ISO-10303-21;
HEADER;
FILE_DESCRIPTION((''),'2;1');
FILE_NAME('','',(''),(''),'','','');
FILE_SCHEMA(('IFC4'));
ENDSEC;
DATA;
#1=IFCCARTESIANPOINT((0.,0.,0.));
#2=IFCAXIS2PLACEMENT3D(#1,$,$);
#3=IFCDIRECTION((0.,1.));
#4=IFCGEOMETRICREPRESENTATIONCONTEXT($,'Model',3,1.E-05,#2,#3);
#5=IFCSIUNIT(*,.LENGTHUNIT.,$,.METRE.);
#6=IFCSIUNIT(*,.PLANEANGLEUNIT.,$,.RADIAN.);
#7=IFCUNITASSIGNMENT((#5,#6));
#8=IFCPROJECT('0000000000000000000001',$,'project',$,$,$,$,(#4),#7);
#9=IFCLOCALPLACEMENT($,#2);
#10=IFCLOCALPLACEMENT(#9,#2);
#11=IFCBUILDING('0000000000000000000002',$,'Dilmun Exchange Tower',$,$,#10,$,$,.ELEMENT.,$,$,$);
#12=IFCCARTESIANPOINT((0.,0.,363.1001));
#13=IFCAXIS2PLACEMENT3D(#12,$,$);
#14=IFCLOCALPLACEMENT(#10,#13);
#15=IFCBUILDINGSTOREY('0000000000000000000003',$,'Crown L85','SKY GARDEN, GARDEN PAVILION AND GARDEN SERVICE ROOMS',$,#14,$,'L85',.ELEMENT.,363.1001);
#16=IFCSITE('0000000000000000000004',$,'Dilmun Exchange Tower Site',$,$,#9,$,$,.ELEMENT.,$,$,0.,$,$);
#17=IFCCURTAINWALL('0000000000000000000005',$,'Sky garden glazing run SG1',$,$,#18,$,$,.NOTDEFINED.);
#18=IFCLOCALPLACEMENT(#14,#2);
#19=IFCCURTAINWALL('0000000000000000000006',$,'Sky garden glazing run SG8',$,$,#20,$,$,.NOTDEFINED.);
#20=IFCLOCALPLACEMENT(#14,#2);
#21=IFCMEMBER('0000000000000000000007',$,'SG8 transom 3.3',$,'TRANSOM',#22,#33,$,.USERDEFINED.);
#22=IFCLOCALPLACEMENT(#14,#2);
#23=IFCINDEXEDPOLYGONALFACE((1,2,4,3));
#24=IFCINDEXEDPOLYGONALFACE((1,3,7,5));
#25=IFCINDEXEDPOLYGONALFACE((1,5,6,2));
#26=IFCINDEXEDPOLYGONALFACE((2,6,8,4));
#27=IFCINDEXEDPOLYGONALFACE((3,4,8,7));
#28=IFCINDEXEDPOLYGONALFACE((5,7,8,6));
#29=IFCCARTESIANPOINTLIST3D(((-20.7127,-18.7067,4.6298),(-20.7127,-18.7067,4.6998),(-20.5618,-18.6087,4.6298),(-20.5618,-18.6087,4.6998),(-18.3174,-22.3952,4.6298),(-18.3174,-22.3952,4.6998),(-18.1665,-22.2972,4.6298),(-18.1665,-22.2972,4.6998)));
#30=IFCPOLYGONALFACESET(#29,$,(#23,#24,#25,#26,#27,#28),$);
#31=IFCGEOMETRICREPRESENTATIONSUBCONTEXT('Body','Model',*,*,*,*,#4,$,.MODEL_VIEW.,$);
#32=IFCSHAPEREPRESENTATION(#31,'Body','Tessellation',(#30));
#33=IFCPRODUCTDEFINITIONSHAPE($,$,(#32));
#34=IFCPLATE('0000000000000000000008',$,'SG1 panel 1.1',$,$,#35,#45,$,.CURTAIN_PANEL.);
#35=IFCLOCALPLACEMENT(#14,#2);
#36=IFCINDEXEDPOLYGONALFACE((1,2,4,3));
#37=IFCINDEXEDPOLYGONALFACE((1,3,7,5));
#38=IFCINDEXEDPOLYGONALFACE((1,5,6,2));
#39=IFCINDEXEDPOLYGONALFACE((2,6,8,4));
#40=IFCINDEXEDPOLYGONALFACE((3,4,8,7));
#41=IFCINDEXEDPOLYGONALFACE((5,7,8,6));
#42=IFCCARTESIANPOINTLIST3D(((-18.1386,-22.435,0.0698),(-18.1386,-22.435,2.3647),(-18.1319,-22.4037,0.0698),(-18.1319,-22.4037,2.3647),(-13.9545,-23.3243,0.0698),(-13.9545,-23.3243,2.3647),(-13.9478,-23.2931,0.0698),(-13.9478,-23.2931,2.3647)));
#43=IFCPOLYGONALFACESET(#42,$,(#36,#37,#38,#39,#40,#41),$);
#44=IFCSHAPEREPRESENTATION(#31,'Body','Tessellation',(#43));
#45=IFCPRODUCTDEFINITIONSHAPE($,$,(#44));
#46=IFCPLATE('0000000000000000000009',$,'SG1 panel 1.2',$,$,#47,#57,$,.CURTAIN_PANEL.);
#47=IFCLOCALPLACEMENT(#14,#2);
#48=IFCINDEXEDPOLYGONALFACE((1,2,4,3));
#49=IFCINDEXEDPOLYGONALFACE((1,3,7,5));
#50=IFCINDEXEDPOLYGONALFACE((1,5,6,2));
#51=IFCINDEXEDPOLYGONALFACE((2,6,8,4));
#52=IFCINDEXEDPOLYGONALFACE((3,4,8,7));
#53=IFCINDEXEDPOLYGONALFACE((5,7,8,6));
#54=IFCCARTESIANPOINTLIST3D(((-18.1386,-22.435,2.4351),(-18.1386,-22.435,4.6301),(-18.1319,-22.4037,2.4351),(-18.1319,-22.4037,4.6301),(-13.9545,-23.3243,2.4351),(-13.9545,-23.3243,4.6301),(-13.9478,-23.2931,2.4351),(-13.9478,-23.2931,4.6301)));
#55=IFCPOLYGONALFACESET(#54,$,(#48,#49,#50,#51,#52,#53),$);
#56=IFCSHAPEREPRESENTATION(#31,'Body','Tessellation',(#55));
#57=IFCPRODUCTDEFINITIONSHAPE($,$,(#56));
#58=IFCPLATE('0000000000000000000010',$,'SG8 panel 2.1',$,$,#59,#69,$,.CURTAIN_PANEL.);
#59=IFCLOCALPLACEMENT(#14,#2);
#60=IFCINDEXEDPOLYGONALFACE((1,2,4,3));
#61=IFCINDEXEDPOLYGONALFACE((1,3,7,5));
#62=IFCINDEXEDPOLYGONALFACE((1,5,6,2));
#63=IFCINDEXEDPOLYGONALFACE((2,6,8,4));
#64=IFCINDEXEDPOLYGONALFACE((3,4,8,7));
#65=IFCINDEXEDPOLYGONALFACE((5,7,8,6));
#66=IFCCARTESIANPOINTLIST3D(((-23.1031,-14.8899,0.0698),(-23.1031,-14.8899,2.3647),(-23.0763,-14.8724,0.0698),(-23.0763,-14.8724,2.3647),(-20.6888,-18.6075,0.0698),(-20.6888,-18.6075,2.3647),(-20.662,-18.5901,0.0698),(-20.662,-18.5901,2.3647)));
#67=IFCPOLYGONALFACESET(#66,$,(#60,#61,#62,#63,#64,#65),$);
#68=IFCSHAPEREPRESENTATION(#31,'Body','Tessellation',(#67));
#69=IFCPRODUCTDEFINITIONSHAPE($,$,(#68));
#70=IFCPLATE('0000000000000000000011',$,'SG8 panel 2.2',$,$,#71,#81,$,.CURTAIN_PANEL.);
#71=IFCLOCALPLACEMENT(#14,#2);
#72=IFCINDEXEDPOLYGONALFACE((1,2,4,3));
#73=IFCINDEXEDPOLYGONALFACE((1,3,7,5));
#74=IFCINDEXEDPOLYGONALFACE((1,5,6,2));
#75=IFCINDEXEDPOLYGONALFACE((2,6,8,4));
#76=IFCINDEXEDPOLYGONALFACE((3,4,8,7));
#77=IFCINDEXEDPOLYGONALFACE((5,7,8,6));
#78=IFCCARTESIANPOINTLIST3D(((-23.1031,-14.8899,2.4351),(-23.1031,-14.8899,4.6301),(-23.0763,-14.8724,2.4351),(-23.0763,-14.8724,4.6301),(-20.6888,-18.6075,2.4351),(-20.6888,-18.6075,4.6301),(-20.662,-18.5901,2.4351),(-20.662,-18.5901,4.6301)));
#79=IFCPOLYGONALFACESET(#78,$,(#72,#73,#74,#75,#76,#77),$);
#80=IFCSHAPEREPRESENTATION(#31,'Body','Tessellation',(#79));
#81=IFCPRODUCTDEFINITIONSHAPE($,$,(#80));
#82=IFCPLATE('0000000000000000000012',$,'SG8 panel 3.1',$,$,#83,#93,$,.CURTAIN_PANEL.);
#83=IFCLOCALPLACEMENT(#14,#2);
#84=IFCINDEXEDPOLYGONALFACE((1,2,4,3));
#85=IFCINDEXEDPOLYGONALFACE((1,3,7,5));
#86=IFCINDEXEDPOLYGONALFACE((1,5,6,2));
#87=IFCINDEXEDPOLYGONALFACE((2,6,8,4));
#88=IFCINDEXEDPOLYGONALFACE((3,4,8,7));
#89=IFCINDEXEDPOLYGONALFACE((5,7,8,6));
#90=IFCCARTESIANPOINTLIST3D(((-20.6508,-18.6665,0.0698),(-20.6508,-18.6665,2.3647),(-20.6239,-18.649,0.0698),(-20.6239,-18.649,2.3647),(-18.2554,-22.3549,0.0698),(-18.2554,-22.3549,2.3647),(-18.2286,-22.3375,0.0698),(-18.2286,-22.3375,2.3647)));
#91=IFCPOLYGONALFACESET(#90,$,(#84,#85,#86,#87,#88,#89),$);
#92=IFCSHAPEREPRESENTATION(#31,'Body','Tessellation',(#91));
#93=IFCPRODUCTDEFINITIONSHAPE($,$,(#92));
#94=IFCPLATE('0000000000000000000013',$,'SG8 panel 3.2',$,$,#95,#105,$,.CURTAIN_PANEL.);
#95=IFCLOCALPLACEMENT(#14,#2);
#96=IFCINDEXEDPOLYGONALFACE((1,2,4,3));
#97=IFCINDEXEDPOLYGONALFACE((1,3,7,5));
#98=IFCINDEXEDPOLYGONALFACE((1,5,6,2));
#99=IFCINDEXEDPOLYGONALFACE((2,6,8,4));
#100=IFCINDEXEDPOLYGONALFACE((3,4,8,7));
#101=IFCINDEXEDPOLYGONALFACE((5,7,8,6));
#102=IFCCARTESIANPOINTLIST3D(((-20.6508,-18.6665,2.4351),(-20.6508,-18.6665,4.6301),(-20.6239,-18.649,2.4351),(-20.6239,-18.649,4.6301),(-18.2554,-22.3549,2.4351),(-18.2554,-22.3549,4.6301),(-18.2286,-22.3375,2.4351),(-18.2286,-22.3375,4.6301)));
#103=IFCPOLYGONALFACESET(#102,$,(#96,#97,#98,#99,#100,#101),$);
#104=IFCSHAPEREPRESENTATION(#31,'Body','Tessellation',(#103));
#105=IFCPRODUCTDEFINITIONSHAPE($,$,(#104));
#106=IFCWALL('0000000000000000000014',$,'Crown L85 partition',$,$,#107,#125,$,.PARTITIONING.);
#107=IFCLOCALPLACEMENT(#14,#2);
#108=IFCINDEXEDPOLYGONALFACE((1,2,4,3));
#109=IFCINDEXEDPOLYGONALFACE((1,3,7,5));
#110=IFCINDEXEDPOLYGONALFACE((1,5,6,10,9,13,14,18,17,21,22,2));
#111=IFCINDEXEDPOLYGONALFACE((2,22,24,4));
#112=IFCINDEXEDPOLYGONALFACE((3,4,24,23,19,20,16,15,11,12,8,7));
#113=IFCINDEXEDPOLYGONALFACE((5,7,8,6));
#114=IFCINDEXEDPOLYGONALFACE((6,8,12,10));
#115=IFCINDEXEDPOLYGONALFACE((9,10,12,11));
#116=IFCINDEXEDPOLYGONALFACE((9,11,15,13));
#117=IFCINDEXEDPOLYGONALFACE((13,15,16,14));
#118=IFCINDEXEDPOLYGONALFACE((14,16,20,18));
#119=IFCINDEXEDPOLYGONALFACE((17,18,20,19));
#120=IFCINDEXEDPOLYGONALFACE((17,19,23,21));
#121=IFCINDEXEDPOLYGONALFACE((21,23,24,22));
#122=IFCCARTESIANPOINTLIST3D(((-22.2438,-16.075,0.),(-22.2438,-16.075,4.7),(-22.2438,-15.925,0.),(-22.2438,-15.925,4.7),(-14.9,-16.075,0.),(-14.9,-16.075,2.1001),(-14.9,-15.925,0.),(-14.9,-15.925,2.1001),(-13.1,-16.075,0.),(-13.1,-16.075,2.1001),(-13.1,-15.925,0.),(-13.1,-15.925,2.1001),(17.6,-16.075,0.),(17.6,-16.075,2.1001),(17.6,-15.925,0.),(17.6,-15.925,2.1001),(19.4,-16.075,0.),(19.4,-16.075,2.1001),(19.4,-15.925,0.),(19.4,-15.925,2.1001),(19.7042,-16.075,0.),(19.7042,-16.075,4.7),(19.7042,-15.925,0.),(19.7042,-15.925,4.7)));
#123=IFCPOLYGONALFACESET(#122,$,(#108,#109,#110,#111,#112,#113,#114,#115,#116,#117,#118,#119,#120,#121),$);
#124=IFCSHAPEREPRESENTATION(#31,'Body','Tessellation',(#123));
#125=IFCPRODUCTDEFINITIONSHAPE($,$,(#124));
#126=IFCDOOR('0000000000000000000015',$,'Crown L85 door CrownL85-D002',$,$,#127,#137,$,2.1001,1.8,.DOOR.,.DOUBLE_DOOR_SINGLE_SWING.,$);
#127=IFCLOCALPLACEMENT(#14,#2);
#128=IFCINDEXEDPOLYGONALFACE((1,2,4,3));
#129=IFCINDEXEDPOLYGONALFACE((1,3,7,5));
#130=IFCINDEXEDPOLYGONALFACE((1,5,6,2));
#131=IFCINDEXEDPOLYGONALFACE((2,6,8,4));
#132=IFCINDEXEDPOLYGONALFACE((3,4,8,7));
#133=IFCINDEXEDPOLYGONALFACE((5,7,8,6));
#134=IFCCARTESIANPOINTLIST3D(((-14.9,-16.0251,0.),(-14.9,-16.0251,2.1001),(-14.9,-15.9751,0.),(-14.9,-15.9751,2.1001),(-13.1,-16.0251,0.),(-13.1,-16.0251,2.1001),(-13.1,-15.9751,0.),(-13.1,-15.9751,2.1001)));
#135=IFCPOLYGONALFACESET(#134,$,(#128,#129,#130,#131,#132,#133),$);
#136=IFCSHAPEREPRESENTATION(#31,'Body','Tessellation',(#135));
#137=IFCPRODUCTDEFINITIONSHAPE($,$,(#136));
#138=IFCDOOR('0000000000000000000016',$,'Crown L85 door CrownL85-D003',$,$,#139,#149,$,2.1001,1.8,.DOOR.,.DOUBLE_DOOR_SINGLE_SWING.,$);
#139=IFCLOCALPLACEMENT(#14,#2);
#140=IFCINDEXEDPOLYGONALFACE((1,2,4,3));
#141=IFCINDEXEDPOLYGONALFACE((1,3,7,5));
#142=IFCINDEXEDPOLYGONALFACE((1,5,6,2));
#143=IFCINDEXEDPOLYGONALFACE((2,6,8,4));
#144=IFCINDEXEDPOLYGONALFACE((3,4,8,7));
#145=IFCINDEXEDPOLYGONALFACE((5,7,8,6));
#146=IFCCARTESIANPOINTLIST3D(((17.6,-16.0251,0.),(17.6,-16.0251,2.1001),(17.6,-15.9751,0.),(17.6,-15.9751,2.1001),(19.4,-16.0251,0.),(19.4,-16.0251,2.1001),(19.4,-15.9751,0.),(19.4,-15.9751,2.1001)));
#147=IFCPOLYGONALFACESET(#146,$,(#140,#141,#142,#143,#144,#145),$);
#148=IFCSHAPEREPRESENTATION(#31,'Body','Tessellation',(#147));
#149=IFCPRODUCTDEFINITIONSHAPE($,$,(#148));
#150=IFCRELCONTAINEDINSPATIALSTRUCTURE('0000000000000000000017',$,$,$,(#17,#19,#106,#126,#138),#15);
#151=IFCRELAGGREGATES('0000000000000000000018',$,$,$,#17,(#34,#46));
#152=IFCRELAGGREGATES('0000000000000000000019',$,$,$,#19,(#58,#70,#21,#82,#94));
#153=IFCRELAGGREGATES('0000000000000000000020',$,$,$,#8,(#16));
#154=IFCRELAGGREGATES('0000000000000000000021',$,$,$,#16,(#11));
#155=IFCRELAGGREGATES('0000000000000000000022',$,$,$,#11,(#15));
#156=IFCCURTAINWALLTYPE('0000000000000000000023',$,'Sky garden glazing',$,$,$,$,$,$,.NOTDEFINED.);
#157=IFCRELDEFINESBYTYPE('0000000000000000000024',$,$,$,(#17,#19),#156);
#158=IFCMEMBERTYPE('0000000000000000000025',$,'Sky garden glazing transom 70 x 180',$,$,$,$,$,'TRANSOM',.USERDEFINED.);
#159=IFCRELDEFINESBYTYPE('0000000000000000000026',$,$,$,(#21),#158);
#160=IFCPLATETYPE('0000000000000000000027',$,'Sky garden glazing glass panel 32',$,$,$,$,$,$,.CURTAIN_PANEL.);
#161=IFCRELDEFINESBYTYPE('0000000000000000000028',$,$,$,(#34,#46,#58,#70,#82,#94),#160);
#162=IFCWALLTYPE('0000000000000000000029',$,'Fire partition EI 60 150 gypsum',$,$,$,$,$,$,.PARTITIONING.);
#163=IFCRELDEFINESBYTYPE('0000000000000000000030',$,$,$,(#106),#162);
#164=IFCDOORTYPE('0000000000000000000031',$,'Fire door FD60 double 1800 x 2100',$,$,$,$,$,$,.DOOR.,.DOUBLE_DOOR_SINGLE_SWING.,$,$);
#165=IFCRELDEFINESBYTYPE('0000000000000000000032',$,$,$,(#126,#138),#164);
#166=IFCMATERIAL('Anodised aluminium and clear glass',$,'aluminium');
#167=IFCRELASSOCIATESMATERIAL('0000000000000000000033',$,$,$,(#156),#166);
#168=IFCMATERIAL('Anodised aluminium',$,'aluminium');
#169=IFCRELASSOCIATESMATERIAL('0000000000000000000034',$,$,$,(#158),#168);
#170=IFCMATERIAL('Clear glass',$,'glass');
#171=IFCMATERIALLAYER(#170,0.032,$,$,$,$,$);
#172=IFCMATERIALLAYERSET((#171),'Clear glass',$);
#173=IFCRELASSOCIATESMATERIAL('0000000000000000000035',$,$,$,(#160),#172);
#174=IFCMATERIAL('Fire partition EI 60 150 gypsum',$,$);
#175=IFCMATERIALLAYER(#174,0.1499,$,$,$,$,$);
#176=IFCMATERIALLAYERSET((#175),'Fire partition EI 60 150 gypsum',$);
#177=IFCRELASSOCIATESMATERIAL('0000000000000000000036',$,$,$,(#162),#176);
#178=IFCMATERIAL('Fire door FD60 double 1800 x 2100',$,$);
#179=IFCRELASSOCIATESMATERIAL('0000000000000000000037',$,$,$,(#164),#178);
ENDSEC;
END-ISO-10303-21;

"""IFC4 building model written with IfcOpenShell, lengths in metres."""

from ifc_helpers import new_model, si_unit, direction, frame, frame_2d, origin, origin_2d, place, context, subcontext, project, spatial, rectangle, extrude, material, layer, layer_set, material_profile, profile_set, type_object, element, fill, aggregate, save


model = new_model("IFC4")

# Units and contexts
model_context = context("Model", 3, precision=1e-05, world=origin(), true_north=direction((0.0, 1.0)))
body_context = subcontext(model_context, "Body", "Model", "MODEL_VIEW")
ifc_project = project(units=[si_unit("LENGTHUNIT", "METRE"), si_unit("PLANEANGLEUNIT", "RADIAN")], contexts=[model_context])

# Site, building, storey
site_placement = place(None, origin())
site = spatial("IfcSite", under=ifc_project, at=site_placement, Name="Dilmun Exchange Tower Site", CompositionType="ELEMENT", RefElevation=0.0)
building_placement = place(site_placement, origin())
building = spatial("IfcBuilding", under=site, at=building_placement, Name="Dilmun Exchange Tower", CompositionType="ELEMENT")
storey_placement = place(building_placement, frame((0.0, 0.0, 363.1001)))
storey = spatial("IfcBuildingStorey", under=building, at=storey_placement, Name="Crown L85", Description="SKY GARDEN, GARDEN PAVILION AND GARDEN SERVICE ROOMS", LongName="L85", CompositionType="ELEMENT", Elevation=363.1001)

# Curtain walls
ifc_material_1 = material(Name="Anodised aluminium and clear glass", Category="aluminium")
curtain_wall_type = type_object("IfcCurtainWallType", Name="Sky garden glazing", PredefinedType="NOTDEFINED", material=ifc_material_1)
curtain_wall_1_placement = place(storey_placement, origin())
curtain_wall_1 = element("IfcCurtainWall", 1, at=curtain_wall_1_placement, inside=storey, type_object=curtain_wall_type, Name="Sky garden glazing run SG1", PredefinedType="NOTDEFINED")
ifc_material_2 = material(Name="Anodised aluminium", Category="aluminium")
curtain_wall_2_placement = place(storey_placement, origin())
curtain_wall_2 = element("IfcCurtainWall", 2, at=curtain_wall_2_placement, inside=storey, type_object=curtain_wall_type, Name="Sky garden glazing run SG8", PredefinedType="NOTDEFINED")

# Member
ifc_material_profile_1 = material_profile(ifc_material_2, rectangle(XDim=0.1799, YDim=0.0701, at=origin_2d()), Name="AL 70x180")
ifc_profile_set_1 = profile_set([ifc_material_profile_1], Name="Anodised aluminium")
member_type_1 = type_object("IfcMemberType", Name="Sky garden glazing transom 70 x 180", ElementType="TRANSOM", PredefinedType="USERDEFINED", material=ifc_profile_set_1)
member_1_placement = place(storey_placement, frame((-20.6372, -18.6577, 4.6648), z_axis=(0.544629, -0.838677, 0.0), x_axis=(0.838677, 0.544629, 0.0)))
member_1 = element("IfcMember", 3, at=member_1_placement, type_object=member_type_1, Name="SG8 transom 3.3", ObjectType="TRANSOM", PredefinedType="USERDEFINED", context=body_context, shape_type="SweptSolid", body=[
    extrude(rectangle(XDim=0.1799, YDim=0.0701, at=origin_2d()), origin(), (0.0, 0.0, 1.0), 4.3979),
])

# Plates
ifc_material_3 = material(Name="Clear glass", Category="glass")
ifc_layer_1 = layer(ifc_material_3, 0.032)
ifc_layer_set_1 = layer_set([ifc_layer_1], Name="Clear glass")
plate_type = type_object("IfcPlateType", Name="Sky garden glazing glass panel 32", PredefinedType="CURTAIN_PANEL", material=ifc_layer_set_1)
plate_1_placement = place(storey_placement, frame((-16.0432, -22.864, 0.0698), z_axis=(0.0, 0.0, 1.0), x_axis=(0.978147, -0.207913, 0.0)))
plate_1 = element("IfcPlate", 4, at=plate_1_placement, type_object=plate_type, Name="SG1 panel 1.1", PredefinedType="CURTAIN_PANEL", context=body_context, shape_type="SweptSolid", body=[
    extrude(rectangle(XDim=4.2776, YDim=0.032, at=origin_2d()), origin(), (0.0, 0.0, 1.0), 2.2949),
])
plate_2_placement = place(storey_placement, frame((-16.0432, -22.864, 2.4351), z_axis=(0.0, 0.0, 1.0), x_axis=(0.978147, -0.207913, 0.0)))
plate_2 = element("IfcPlate", 5, at=plate_2_placement, type_object=plate_type, Name="SG1 panel 1.2", PredefinedType="CURTAIN_PANEL", context=body_context, shape_type="SweptSolid", body=[
    extrude(rectangle(XDim=4.2776, YDim=0.032, at=origin_2d()), origin(), (0.0, 0.0, 1.0), 2.1951),
])
aggregate(curtain_wall_1, [plate_1, plate_2])
plate_3_placement = place(storey_placement, frame((-21.8826, -16.74, 0.0698), z_axis=(0.0, 0.0, 1.0), x_axis=(0.544644, -0.838667, 0.0)))
plate_3 = element("IfcPlate", 6, at=plate_3_placement, type_object=plate_type, Name="SG8 panel 2.1", PredefinedType="CURTAIN_PANEL", context=body_context, shape_type="SweptSolid", body=[
    extrude(rectangle(XDim=4.4329, YDim=0.032, at=origin_2d()), origin(), (0.0, 0.0, 1.0), 2.2949),
])
plate_4_placement = place(storey_placement, frame((-21.8826, -16.74, 2.4351), z_axis=(0.0, 0.0, 1.0), x_axis=(0.544644, -0.838667, 0.0)))
plate_4 = element("IfcPlate", 7, at=plate_4_placement, type_object=plate_type, Name="SG8 panel 2.2", PredefinedType="CURTAIN_PANEL", context=body_context, shape_type="SweptSolid", body=[
    extrude(rectangle(XDim=4.4329, YDim=0.032, at=origin_2d()), origin(), (0.0, 0.0, 1.0), 2.1951),
])
plate_5_placement = place(storey_placement, frame((-19.4397, -20.502, 0.0698), z_axis=(0.0, 0.0, 1.0), x_axis=(0.544644, -0.838667, 0.0)))
plate_5 = element("IfcPlate", 8, at=plate_5_placement, type_object=plate_type, Name="SG8 panel 3.1", PredefinedType="CURTAIN_PANEL", context=body_context, shape_type="SweptSolid", body=[
    extrude(rectangle(XDim=4.3979, YDim=0.032, at=origin_2d()), origin(), (0.0, 0.0, 1.0), 2.2949),
])
plate_6_placement = place(storey_placement, frame((-19.4397, -20.502, 2.4351), z_axis=(0.0, 0.0, 1.0), x_axis=(0.544644, -0.838667, 0.0)))
plate_6 = element("IfcPlate", 9, at=plate_6_placement, type_object=plate_type, Name="SG8 panel 3.2", PredefinedType="CURTAIN_PANEL", context=body_context, shape_type="SweptSolid", body=[
    extrude(rectangle(XDim=4.3979, YDim=0.032, at=origin_2d()), origin(), (0.0, 0.0, 1.0), 2.1951),
])
aggregate(curtain_wall_2, [plate_3, plate_4, member_1, plate_5, plate_6])

# Wall, openings, doors
ifc_material_4 = material(Name="Fire partition EI 60 150 gypsum")
ifc_layer_2 = layer(ifc_material_4, 0.1499)
ifc_layer_set_2 = layer_set([ifc_layer_2], Name="Fire partition EI 60 150 gypsum")
wall_type = type_object("IfcWallType", Name="Fire partition EI 60 150 gypsum", PredefinedType="PARTITIONING", material=ifc_layer_set_2)
wall_placement = place(storey_placement, frame((-22.2439, -16.0, 0.0), z_axis=(0.0, 0.0, 1.0), x_axis=(1.0, 0.0, 0.0)))
wall = element("IfcWall", 10, at=wall_placement, inside=storey, type_object=wall_type, Name="Crown L85 partition", PredefinedType="PARTITIONING", context=body_context, shape_type="SweptSolid", body=[
    extrude(rectangle(XDim=41.948, YDim=0.1499, at=frame_2d((20.9741, 0.0))), origin(), (0.0, 0.0, 1.0), 4.7),
])
opening_1_placement = place(wall_placement, frame((7.344, 0.0, 0.0)))
opening_1 = element("IfcOpeningElement", 11, at=opening_1_placement, cuts=wall, PredefinedType="OPENING", context=body_context, shape_type="SweptSolid", body=[
    extrude(rectangle(XDim=1.8, YDim=2.1001, at=frame_2d((0.8999, 1.05))), frame((0.0, 0.085, 0.0), z_axis=(0.0, -1.0, 0.0), x_axis=(1.0, 0.0, 0.0)), (0.0, 0.0, 1.0), 0.1699),
])
opening_2_placement = place(wall_placement, frame((39.844, 0.0, 0.0)))
opening_2 = element("IfcOpeningElement", 12, at=opening_2_placement, cuts=wall, PredefinedType="OPENING", context=body_context, shape_type="SweptSolid", body=[
    extrude(rectangle(XDim=1.8, YDim=2.1001, at=frame_2d((0.8999, 1.05))), frame((0.0, 0.085, 0.0), z_axis=(0.0, -1.0, 0.0), x_axis=(1.0, 0.0, 0.0)), (0.0, 0.0, 1.0), 0.1699),
])
ifc_material_5 = material(Name="Fire door FD60 double 1800 x 2100")
door_type = type_object("IfcDoorType", Name="Fire door FD60 double 1800 x 2100", OperationType="DOUBLE_DOOR_SINGLE_SWING", PredefinedType="DOOR", material=ifc_material_5)
door_1_placement = place(opening_1_placement, origin())
door_1 = element("IfcDoor", 13, at=door_1_placement, inside=storey, type_object=door_type, Name="Crown L85 door CrownL85-D002", OperationType="DOUBLE_DOOR_SINGLE_SWING", OverallHeight=2.1001, OverallWidth=1.8, PredefinedType="DOOR", context=body_context, shape_type="SweptSolid", body=[
    extrude(rectangle(XDim=1.8, YDim=2.1001, at=frame_2d((0.8999, 1.05))), frame((0.0, 0.0249, 0.0), z_axis=(0.0, -1.0, 0.0), x_axis=(1.0, 0.0, 0.0)), (0.0, 0.0, 1.0), 0.05),
])
fill(opening_1, door_1)
door_2_placement = place(opening_2_placement, origin())
door_2 = element("IfcDoor", 14, at=door_2_placement, inside=storey, type_object=door_type, Name="Crown L85 door CrownL85-D003", OperationType="DOUBLE_DOOR_SINGLE_SWING", OverallHeight=2.1001, OverallWidth=1.8, PredefinedType="DOOR", context=body_context, shape_type="SweptSolid", body=[
    extrude(rectangle(XDim=1.8, YDim=2.1001, at=frame_2d((0.8999, 1.05))), frame((0.0, 0.0249, 0.0), z_axis=(0.0, -1.0, 0.0), x_axis=(1.0, 0.0, 0.0)), (0.0, 0.0, 1.0), 0.05),
])
fill(opening_2, door_2)

save(model, "model.ifc")
